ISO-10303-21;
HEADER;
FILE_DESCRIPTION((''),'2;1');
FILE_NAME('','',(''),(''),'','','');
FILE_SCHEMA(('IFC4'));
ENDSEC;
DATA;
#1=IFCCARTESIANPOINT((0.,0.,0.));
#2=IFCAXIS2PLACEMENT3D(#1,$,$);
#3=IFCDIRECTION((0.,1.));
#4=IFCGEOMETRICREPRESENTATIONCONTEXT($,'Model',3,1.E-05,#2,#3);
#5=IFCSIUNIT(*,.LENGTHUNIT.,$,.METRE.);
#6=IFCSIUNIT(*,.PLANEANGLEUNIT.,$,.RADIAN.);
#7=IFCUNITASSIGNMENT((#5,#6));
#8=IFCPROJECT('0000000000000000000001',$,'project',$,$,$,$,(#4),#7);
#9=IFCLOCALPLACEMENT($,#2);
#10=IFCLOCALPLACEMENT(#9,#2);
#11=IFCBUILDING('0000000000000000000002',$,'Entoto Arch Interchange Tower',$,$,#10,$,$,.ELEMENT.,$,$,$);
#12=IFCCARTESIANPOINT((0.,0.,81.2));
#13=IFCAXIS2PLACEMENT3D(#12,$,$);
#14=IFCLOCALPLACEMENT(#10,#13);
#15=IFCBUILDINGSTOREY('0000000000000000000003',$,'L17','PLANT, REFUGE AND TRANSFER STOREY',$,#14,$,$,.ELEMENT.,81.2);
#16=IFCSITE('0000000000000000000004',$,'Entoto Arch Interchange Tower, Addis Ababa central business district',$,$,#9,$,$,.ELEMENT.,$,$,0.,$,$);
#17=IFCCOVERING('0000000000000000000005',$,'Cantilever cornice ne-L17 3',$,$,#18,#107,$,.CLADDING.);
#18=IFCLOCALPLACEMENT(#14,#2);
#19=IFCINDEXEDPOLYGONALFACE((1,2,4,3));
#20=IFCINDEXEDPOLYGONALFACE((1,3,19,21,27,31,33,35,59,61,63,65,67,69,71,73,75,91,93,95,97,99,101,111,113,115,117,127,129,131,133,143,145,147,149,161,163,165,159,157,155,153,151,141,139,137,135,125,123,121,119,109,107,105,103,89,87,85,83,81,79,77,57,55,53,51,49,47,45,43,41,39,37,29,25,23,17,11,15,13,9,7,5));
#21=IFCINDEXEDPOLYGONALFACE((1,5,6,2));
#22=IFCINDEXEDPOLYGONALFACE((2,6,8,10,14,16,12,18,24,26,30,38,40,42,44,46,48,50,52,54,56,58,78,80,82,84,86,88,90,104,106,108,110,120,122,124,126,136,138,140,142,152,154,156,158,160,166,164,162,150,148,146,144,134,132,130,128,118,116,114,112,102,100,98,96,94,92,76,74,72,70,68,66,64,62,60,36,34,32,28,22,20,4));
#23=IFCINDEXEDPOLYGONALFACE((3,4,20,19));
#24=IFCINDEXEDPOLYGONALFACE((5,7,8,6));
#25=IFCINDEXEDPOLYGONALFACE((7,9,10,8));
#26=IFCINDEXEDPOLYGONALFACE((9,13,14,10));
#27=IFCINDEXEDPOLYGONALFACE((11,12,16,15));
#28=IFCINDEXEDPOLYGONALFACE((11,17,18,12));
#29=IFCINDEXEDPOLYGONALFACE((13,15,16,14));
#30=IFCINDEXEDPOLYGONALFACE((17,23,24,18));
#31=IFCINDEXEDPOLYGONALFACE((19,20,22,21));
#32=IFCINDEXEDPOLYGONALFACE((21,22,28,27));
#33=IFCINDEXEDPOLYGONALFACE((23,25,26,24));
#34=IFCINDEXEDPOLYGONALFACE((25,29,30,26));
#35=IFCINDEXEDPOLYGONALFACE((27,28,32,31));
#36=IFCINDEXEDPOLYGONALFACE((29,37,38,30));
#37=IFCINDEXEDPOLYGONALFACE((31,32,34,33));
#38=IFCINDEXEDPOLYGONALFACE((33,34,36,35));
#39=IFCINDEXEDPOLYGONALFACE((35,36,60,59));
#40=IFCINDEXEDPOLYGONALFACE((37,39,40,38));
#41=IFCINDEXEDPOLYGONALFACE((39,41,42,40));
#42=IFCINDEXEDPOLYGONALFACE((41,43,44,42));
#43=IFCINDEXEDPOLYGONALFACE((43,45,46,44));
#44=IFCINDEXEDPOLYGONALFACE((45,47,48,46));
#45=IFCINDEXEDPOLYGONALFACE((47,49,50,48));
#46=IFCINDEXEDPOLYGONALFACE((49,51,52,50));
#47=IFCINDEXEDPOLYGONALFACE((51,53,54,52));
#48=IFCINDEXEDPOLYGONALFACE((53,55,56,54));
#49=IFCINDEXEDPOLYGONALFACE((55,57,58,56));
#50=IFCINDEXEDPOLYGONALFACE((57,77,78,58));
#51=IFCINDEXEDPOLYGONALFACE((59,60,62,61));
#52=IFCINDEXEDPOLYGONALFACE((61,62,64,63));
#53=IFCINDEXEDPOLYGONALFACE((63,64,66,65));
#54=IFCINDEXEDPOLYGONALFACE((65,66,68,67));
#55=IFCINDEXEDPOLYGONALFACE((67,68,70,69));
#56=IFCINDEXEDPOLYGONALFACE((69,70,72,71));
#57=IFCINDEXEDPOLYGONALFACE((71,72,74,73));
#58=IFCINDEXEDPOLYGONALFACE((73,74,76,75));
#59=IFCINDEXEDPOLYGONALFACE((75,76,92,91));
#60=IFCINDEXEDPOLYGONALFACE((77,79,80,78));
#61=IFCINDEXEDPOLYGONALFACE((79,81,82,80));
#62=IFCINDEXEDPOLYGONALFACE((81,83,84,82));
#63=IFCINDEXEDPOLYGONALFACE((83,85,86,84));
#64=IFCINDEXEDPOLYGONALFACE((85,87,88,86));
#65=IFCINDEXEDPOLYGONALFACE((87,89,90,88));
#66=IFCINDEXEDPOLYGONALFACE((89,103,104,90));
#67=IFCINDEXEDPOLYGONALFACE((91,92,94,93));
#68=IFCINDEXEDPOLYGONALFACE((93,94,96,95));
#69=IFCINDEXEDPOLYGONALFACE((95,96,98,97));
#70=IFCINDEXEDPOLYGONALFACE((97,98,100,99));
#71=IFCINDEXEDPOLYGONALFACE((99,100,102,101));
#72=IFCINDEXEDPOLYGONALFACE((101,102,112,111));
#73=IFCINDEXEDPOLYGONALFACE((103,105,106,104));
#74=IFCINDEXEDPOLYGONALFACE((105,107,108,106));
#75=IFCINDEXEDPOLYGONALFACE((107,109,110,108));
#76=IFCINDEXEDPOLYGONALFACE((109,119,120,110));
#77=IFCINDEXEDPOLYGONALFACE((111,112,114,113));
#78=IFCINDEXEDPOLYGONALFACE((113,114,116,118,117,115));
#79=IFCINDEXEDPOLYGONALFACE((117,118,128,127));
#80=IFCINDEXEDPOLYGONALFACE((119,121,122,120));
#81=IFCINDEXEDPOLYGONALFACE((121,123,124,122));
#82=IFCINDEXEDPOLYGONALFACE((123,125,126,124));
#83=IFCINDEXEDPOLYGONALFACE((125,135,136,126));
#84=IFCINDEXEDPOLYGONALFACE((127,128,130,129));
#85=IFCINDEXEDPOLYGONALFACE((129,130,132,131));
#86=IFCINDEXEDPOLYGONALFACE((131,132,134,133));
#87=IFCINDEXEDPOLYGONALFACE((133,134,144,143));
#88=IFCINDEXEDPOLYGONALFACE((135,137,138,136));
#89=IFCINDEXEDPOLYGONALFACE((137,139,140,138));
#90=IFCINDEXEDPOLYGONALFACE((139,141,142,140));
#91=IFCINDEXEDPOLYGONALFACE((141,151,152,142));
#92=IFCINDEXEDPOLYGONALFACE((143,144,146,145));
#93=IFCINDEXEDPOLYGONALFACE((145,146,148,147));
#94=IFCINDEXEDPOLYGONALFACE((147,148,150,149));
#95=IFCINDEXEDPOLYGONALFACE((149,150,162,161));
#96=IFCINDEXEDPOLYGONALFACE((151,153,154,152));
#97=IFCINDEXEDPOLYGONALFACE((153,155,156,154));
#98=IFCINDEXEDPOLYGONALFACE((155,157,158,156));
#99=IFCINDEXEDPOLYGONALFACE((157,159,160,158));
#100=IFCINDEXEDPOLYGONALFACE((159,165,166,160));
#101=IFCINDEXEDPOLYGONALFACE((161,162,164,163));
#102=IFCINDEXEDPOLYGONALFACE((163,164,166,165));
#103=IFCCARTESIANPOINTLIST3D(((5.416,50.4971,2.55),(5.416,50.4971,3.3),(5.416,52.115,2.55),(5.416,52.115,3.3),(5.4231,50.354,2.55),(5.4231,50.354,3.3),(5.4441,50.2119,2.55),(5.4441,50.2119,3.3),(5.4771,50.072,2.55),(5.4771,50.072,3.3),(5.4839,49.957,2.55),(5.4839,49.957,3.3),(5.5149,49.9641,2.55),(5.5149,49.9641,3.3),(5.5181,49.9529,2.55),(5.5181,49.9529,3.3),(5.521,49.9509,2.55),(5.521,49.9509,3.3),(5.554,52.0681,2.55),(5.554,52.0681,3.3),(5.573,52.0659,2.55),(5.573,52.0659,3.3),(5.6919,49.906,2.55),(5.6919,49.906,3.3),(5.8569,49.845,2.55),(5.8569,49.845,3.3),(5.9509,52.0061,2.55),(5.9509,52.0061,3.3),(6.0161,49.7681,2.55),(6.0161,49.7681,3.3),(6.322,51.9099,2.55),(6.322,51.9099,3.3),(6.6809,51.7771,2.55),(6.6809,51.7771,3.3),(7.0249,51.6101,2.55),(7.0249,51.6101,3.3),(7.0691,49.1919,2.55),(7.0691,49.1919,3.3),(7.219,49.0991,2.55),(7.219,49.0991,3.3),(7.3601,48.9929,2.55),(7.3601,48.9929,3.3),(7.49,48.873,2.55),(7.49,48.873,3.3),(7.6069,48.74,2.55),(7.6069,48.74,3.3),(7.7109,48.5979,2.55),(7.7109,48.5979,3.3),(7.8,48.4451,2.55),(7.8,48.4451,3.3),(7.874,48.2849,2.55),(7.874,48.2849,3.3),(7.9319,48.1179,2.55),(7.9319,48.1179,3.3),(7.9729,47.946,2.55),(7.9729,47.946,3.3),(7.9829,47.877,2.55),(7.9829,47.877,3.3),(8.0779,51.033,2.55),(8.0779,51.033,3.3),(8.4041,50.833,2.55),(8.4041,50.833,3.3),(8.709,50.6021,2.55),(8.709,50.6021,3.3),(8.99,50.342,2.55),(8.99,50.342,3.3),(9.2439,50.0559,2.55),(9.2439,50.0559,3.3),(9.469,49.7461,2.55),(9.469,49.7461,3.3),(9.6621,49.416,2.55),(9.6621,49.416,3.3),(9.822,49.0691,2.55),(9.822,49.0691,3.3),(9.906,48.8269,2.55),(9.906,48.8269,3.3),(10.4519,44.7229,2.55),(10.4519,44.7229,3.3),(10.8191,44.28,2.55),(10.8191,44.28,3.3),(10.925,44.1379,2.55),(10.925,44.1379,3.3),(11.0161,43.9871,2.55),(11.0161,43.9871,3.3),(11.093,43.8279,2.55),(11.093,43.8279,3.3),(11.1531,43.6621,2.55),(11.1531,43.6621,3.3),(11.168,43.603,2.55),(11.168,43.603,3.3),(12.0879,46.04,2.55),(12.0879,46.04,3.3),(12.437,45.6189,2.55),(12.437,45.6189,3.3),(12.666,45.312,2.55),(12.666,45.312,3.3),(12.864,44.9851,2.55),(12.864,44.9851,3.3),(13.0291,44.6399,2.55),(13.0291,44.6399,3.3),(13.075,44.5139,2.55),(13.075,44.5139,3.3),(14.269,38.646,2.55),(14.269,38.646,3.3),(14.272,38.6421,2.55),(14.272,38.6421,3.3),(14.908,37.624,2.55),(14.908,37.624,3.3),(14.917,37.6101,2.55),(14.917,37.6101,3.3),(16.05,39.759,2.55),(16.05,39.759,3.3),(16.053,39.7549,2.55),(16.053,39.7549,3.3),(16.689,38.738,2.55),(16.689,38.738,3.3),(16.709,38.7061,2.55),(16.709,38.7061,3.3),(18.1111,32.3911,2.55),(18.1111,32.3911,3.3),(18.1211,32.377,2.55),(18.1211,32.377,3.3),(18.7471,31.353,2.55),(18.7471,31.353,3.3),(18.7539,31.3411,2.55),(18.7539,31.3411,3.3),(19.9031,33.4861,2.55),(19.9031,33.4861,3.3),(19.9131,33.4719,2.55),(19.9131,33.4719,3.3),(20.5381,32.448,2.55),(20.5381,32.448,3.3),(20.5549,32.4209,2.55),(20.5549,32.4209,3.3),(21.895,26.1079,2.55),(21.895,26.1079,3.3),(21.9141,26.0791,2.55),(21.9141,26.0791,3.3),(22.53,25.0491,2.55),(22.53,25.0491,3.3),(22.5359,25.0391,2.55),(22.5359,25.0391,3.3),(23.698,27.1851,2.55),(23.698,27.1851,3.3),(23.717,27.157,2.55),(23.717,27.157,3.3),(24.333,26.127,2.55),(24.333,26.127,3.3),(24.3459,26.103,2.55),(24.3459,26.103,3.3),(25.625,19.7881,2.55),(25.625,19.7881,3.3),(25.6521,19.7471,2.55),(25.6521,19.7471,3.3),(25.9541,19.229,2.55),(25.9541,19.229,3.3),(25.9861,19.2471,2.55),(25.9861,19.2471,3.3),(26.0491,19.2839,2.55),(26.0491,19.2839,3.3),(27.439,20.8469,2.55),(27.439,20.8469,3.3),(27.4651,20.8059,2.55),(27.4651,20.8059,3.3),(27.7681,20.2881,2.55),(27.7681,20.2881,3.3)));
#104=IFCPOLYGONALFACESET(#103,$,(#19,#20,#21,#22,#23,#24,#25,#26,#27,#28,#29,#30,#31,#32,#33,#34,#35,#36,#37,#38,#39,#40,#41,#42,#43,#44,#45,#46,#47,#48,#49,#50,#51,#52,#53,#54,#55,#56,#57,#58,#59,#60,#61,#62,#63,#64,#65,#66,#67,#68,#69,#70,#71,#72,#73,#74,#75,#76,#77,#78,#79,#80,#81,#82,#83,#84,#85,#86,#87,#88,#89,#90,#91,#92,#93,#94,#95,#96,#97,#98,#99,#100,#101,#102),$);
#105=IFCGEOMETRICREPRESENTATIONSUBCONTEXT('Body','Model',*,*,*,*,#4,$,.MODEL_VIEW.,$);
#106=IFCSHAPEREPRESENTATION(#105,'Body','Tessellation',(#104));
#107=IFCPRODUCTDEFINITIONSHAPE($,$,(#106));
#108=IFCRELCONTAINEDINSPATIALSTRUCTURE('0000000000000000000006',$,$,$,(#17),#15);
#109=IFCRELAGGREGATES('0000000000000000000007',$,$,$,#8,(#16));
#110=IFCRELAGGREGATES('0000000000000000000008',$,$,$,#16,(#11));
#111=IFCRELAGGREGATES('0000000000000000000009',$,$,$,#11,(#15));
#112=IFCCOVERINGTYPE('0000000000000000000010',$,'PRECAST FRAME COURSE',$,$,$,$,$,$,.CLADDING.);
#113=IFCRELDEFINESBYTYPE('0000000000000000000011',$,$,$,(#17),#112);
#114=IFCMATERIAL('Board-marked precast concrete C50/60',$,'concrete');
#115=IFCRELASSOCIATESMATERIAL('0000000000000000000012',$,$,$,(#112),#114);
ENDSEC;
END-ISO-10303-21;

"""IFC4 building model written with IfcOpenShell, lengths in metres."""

from ifc_helpers import new_model, si_unit, direction, frame, origin, place, context, subcontext, project, spatial, polyline, outline, extrude, material, type_object, element, save


model = new_model("IFC4")

# Units and contexts
model_context = context("Model", 3, precision=1e-05, world=origin(), true_north=direction((0.0, 1.0)))
body_context = subcontext(model_context, "Body", "Model", "MODEL_VIEW")
ifc_project = project(units=[si_unit("LENGTHUNIT", "METRE"), si_unit("PLANEANGLEUNIT", "RADIAN")], contexts=[model_context])

# Site, building, storey
site_placement = place(None, origin())
site = spatial("IfcSite", under=ifc_project, at=site_placement, Name="Entoto Arch Interchange Tower, Addis Ababa central business district", CompositionType="ELEMENT", RefElevation=0.0)
building_placement = place(site_placement, origin())
building = spatial("IfcBuilding", under=site, at=building_placement, Name="Entoto Arch Interchange Tower", CompositionType="ELEMENT")
storey_placement = place(building_placement, frame((0.0, 0.0, 81.2)))
storey = spatial("IfcBuildingStorey", under=building, at=storey_placement, Name="L17", Description="PLANT, REFUGE AND TRANSFER STOREY", CompositionType="ELEMENT", Elevation=81.2)

# Covering
ifc_material_1 = material(Name="Board-marked precast concrete C50/60", Category="concrete")
covering_type = type_object("IfcCoveringType", Name="PRECAST FRAME COURSE", PredefinedType="CLADDING", material=ifc_material_1)
covering_1_placement = place(storey_placement, frame((0.0, 0.0, 2.55)))
element("IfcCovering", 1, at=covering_1_placement, inside=storey, type_object=covering_type, Name="Cantilever cornice ne-L17 3", PredefinedType="CLADDING", context=body_context, shape_type="SweptSolid", body=[
    extrude(outline(polyline([(5.4771, 50.072), (5.4441, 50.2119), (5.4231, 50.354), (5.416, 50.4971), (5.416, 52.115), (5.554, 52.0681), (5.573, 52.0659), (5.9509, 52.0061), (6.322, 51.9099), (6.6809, 51.7771), (7.0249, 51.6101), (8.0779, 51.033), (8.4041, 50.833), (8.709, 50.6021), (8.99, 50.342), (9.2439, 50.0559), (9.469, 49.7461), (9.6621, 49.416), (9.822, 49.0691), (9.906, 48.8269), (12.0879, 46.04), (12.437, 45.6189), (12.666, 45.312), (12.864, 44.9851), (13.0291, 44.6399), (13.075, 44.5139), (16.05, 39.759), (16.053, 39.7549), (16.689, 38.738), (16.709, 38.7061), (19.9031, 33.4861), (19.9131, 33.4719), (20.5381, 32.448), (20.5549, 32.4209), (23.698, 27.1851), (23.717, 27.157), (24.333, 26.127), (24.3459, 26.103), (27.439, 20.8469), (27.4651, 20.8059), (27.7681, 20.2881), (26.0491, 19.2839), (25.9861, 19.2471), (25.9541, 19.229), (25.6521, 19.7471), (25.625, 19.7881), (22.5359, 25.0391), (22.53, 25.0491), (21.9141, 26.0791), (21.895, 26.1079), (18.7539, 31.3411), (18.7471, 31.353), (18.1211, 32.377), (18.1111, 32.3911), (14.917, 37.6101), (14.908, 37.624), (14.272, 38.6421), (14.269, 38.646), (11.168, 43.603), (11.1531, 43.6621), (11.093, 43.8279), (11.0161, 43.9871), (10.925, 44.1379), (10.8191, 44.28), (10.4519, 44.7229), (7.9829, 47.877), (7.9729, 47.946), (7.9319, 48.1179), (7.874, 48.2849), (7.8, 48.4451), (7.7109, 48.5979), (7.6069, 48.74), (7.49, 48.873), (7.3601, 48.9929), (7.219, 49.0991), (7.0691, 49.1919), (6.0161, 49.7681), (5.8569, 49.845), (5.6919, 49.906), (5.521, 49.9509), (5.4839, 49.957), (5.5181, 49.9529), (5.5149, 49.9641), (5.4771, 50.072)])), origin(), (0.0, 0.0, 1.0), 0.75),
])

save(model, "model.ifc")
